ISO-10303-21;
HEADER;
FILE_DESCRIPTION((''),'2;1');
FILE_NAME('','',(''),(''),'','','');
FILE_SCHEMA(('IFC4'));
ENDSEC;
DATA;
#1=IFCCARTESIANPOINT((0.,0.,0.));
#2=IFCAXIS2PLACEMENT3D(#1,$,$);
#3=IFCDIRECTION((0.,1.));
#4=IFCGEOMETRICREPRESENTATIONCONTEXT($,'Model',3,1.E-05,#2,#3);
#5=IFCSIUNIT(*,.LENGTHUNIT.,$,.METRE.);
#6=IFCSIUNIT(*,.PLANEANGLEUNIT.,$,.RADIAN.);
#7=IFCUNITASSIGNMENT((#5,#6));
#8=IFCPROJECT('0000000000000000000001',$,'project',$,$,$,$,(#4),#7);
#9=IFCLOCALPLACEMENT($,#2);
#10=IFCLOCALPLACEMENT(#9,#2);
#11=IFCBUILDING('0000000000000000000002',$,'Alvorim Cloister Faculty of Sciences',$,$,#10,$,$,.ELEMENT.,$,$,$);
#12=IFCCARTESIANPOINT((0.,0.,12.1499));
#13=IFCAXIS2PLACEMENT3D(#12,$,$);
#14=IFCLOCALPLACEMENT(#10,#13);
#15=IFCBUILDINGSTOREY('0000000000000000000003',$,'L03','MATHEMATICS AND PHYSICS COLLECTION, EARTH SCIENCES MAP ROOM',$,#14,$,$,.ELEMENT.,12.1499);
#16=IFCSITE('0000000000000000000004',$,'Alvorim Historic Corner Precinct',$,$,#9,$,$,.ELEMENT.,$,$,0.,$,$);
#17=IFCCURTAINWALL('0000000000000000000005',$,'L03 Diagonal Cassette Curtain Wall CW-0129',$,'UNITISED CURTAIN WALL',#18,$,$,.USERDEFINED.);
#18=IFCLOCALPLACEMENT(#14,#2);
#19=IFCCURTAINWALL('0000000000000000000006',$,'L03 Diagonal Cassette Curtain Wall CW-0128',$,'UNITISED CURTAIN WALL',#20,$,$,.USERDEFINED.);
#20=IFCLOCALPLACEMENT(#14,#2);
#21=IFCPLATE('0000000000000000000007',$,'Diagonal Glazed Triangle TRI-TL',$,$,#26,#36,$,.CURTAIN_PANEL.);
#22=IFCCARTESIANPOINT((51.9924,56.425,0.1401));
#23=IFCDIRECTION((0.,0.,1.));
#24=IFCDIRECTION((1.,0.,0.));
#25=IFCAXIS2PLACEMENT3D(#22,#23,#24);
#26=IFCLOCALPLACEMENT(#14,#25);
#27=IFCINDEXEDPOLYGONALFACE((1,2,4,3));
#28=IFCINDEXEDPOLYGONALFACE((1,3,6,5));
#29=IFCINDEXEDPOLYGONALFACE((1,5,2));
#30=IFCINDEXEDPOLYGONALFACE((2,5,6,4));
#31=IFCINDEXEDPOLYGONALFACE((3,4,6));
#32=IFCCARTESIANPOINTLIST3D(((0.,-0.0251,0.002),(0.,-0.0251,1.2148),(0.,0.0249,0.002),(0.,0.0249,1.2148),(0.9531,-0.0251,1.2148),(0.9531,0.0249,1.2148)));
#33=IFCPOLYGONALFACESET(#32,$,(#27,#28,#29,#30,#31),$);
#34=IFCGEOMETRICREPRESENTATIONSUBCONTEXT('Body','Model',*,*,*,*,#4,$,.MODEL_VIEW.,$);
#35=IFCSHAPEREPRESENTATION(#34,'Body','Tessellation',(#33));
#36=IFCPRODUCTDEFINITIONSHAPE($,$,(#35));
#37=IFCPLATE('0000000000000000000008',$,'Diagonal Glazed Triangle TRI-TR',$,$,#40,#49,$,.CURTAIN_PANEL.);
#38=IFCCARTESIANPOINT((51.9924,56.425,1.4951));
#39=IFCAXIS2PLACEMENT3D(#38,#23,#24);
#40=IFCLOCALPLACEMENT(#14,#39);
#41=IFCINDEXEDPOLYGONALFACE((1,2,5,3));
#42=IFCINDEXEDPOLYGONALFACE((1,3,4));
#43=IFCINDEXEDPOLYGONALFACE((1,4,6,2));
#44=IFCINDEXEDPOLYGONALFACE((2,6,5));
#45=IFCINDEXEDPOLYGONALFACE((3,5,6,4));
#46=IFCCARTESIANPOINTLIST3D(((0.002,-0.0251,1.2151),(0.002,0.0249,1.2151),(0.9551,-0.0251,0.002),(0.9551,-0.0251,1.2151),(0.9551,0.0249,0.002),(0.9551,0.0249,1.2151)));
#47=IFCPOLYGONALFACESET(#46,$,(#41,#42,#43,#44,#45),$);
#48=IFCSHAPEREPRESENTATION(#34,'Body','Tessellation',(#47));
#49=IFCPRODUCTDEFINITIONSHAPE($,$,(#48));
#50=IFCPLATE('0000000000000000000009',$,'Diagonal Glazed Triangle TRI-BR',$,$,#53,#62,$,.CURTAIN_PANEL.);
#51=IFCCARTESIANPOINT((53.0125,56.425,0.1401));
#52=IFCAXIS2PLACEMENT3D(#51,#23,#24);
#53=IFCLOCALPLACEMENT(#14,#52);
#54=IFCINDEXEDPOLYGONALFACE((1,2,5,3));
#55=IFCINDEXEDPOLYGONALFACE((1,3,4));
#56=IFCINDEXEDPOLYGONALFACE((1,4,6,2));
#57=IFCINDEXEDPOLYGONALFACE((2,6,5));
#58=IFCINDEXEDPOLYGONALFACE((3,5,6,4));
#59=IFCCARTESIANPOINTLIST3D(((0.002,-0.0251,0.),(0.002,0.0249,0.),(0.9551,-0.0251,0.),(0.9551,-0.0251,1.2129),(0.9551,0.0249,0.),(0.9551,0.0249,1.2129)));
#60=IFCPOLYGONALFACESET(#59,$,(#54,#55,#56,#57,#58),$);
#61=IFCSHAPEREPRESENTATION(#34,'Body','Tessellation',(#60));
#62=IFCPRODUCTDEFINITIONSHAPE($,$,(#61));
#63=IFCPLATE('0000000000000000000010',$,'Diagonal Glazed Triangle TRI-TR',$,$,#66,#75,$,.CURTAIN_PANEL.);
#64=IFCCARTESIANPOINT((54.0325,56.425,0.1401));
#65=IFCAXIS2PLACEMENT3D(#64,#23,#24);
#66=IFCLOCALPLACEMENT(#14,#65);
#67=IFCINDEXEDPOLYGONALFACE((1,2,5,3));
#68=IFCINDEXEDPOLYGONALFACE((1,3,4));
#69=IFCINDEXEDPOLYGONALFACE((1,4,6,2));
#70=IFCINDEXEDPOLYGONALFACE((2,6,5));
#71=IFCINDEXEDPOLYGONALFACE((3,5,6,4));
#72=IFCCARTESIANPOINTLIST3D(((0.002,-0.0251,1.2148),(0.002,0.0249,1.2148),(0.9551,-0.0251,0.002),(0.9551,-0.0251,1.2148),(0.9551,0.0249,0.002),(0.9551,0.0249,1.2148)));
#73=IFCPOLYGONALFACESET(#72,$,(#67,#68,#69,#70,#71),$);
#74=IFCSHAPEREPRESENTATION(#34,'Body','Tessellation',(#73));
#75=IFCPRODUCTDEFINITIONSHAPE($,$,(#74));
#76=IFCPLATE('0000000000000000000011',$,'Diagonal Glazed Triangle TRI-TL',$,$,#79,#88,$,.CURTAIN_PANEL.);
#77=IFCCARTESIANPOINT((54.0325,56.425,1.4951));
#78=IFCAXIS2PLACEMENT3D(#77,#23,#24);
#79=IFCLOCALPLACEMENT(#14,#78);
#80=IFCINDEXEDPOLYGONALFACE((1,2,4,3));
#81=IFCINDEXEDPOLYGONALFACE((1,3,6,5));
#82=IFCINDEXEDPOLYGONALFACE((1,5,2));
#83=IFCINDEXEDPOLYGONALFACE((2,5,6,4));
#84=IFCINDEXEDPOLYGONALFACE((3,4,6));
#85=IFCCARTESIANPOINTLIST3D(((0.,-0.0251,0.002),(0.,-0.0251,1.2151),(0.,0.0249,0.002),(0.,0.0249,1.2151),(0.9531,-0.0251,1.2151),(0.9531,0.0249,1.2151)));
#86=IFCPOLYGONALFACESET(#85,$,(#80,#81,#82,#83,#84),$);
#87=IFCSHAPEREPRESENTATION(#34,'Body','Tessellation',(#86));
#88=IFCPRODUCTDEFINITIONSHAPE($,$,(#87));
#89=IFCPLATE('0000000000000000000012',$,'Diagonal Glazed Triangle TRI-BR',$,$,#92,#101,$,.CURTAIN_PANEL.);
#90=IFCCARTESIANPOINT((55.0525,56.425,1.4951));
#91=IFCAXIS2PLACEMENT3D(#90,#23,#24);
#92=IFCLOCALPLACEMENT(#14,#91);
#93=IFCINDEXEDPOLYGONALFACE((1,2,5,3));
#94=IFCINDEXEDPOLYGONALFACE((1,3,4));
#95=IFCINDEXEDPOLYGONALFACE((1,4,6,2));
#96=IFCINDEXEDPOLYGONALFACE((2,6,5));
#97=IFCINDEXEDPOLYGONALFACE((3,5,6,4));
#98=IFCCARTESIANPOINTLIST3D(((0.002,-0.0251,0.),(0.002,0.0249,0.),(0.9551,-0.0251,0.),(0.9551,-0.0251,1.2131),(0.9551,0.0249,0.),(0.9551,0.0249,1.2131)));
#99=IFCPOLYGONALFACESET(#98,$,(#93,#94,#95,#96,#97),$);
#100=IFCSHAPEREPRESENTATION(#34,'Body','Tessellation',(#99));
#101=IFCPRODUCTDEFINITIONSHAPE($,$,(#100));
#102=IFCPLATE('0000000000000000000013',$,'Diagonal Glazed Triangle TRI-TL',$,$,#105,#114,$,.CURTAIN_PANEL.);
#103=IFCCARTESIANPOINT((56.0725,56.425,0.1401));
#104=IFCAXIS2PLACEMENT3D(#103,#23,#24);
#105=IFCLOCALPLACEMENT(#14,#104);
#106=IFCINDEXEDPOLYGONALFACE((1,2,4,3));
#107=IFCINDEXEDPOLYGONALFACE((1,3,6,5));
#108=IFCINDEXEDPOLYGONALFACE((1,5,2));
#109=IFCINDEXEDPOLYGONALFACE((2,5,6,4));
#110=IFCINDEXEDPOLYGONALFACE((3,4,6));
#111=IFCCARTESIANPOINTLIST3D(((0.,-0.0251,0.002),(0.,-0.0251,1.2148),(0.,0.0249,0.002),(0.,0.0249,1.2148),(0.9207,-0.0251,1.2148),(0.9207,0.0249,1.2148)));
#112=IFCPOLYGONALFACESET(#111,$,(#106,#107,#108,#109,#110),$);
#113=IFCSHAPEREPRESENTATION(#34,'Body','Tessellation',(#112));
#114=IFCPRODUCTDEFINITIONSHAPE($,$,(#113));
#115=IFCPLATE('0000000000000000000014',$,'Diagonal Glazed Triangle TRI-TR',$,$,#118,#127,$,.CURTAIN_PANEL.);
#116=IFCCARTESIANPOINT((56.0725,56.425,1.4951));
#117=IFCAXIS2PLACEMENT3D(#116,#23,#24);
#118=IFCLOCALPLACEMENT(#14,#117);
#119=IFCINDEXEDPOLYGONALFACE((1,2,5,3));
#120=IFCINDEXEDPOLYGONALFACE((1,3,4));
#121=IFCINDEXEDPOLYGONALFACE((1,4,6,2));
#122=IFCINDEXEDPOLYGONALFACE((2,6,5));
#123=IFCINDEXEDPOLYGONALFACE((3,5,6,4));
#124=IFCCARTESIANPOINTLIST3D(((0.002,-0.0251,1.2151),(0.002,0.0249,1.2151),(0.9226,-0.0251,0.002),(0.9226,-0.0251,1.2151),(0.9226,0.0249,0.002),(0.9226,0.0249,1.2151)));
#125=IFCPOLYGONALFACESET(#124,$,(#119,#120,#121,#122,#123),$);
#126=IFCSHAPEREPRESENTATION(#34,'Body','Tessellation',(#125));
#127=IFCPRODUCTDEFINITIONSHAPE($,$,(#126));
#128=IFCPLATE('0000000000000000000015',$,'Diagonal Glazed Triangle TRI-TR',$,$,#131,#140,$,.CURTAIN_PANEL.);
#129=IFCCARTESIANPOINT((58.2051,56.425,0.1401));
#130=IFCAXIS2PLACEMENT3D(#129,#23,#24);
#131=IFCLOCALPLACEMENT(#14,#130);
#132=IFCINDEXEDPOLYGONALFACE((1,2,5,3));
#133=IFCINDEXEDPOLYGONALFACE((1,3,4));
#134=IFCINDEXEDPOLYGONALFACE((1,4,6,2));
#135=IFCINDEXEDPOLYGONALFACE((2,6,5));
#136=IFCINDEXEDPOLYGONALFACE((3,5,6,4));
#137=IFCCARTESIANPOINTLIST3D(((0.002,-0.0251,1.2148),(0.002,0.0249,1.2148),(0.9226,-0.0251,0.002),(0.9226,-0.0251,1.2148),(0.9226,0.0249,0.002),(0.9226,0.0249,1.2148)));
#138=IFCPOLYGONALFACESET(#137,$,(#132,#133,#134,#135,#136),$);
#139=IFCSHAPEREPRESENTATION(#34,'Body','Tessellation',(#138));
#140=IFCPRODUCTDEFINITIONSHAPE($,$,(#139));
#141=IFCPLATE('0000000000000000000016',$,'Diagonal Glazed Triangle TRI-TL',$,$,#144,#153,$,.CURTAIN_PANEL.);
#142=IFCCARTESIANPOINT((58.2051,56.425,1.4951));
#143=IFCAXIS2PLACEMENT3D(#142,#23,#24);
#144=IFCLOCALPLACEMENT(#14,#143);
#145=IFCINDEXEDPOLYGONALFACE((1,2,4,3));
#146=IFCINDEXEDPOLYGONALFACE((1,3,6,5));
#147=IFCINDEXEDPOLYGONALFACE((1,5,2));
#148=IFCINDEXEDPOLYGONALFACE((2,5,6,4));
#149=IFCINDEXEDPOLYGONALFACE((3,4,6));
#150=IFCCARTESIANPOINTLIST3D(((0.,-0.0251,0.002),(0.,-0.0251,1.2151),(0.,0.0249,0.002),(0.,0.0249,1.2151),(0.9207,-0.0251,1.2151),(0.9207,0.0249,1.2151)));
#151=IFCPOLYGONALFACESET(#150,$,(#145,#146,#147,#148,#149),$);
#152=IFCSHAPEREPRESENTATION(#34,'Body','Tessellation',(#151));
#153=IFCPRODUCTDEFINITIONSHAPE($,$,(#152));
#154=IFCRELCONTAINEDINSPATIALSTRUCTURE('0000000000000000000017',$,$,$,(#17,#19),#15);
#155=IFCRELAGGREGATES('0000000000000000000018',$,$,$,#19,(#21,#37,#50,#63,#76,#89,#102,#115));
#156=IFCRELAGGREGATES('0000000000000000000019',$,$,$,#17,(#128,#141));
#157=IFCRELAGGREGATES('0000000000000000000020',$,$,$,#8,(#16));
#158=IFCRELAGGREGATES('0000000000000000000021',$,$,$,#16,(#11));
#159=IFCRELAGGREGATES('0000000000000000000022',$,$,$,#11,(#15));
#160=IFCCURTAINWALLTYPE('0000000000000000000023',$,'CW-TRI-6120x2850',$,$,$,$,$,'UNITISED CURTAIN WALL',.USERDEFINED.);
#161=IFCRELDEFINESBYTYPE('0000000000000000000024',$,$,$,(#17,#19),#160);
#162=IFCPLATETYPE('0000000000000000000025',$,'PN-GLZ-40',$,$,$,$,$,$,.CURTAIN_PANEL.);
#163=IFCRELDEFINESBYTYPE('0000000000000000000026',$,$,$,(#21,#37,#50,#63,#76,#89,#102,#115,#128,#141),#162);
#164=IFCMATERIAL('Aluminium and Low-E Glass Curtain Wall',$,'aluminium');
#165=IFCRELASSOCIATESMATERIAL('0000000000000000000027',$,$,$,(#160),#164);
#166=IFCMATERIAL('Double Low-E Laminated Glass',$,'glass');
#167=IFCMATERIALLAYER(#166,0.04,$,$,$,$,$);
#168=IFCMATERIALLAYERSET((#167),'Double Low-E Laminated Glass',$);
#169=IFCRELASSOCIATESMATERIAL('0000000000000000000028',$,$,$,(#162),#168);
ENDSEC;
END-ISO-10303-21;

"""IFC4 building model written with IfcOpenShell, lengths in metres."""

from ifc_helpers import new_model, si_unit, direction, frame, origin, place, context, subcontext, project, spatial, polyline, outline, extrude, material, layer, layer_set, type_object, element, aggregate, save


model = new_model("IFC4")

# Units and contexts
model_context = context("Model", 3, precision=1e-05, world=origin(), true_north=direction((0.0, 1.0)))
body_context = subcontext(model_context, "Body", "Model", "MODEL_VIEW")
ifc_project = project(units=[si_unit("LENGTHUNIT", "METRE"), si_unit("PLANEANGLEUNIT", "RADIAN")], contexts=[model_context])

# Site, building, storey
site_placement = place(None, origin())
site = spatial("IfcSite", under=ifc_project, at=site_placement, Name="Alvorim Historic Corner Precinct", CompositionType="ELEMENT", RefElevation=0.0)
building_placement = place(site_placement, origin())
building = spatial("IfcBuilding", under=site, at=building_placement, Name="Alvorim Cloister Faculty of Sciences", CompositionType="ELEMENT")
storey_placement = place(building_placement, frame((0.0, 0.0, 12.1499)))
storey = spatial("IfcBuildingStorey", under=building, at=storey_placement, Name="L03", Description="MATHEMATICS AND PHYSICS COLLECTION, EARTH SCIENCES MAP ROOM", CompositionType="ELEMENT", Elevation=12.1499)

# Curtain wall
ifc_material_1 = material(Name="Aluminium and Low-E Glass Curtain Wall", Category="aluminium")
curtain_wall_type = type_object("IfcCurtainWallType", Name="CW-TRI-6120x2850", ElementType="UNITISED CURTAIN WALL", PredefinedType="USERDEFINED", material=ifc_material_1)
curtain_wall_1_placement = place(storey_placement, origin())
curtain_wall_1 = element("IfcCurtainWall", 1, at=curtain_wall_1_placement, inside=storey, type_object=curtain_wall_type, Name="L03 Diagonal Cassette Curtain Wall CW-0129", ObjectType="UNITISED CURTAIN WALL", PredefinedType="USERDEFINED")

# Curtain wall, plates
curtain_wall_2_placement = place(storey_placement, origin())
curtain_wall_2 = element("IfcCurtainWall", 2, at=curtain_wall_2_placement, inside=storey, type_object=curtain_wall_type, Name="L03 Diagonal Cassette Curtain Wall CW-0128", ObjectType="UNITISED CURTAIN WALL", PredefinedType="USERDEFINED")
ifc_material_2 = material(Name="Double Low-E Laminated Glass", Category="glass")
ifc_layer_1 = layer(ifc_material_2, 0.04)
ifc_layer_set_1 = layer_set([ifc_layer_1], Name="Double Low-E Laminated Glass")
plate_type = type_object("IfcPlateType", Name="PN-GLZ-40", PredefinedType="CURTAIN_PANEL", material=ifc_layer_set_1)
plate_1_placement = place(storey_placement, frame((51.9924, 56.425, 0.1401), z_axis=(0.0, 0.0, 1.0), x_axis=(1.0, 0.0, 0.0)))
plate_1 = element("IfcPlate", 3, at=plate_1_placement, type_object=plate_type, Name="Diagonal Glazed Triangle TRI-TL", PredefinedType="CURTAIN_PANEL", context=body_context, shape_type="SweptSolid", body=[
    extrude(outline(polyline([(0.9531, 1.2148), (0.0, 1.2148), (0.0, 0.002), (0.9531, 1.2148)])), frame((0.0, 0.0249, 0.0), z_axis=(0.0, -1.0, 0.0), x_axis=(1.0, 0.0, 0.0)), (0.0, 0.0, 1.0), 0.05),
])
plate_2_placement = place(storey_placement, frame((51.9924, 56.425, 1.4951), z_axis=(0.0, 0.0, 1.0), x_axis=(1.0, 0.0, 0.0)))
plate_2 = element("IfcPlate", 4, at=plate_2_placement, type_object=plate_type, Name="Diagonal Glazed Triangle TRI-TR", PredefinedType="CURTAIN_PANEL", context=body_context, shape_type="SweptSolid", body=[
    extrude(outline(polyline([(0.9551, 0.002), (0.9551, 1.2151), (0.002, 1.2151), (0.9551, 0.002)])), frame((0.0, 0.0249, 0.0), z_axis=(0.0, -1.0, 0.0), x_axis=(1.0, 0.0, 0.0)), (0.0, 0.0, 1.0), 0.05),
])
plate_3_placement = place(storey_placement, frame((53.0125, 56.425, 0.1401), z_axis=(0.0, 0.0, 1.0), x_axis=(1.0, 0.0, 0.0)))
plate_3 = element("IfcPlate", 5, at=plate_3_placement, type_object=plate_type, Name="Diagonal Glazed Triangle TRI-BR", PredefinedType="CURTAIN_PANEL", context=body_context, shape_type="SweptSolid", body=[
    extrude(outline(polyline([(0.002, 0.0), (0.9551, 0.0), (0.9551, 1.2129), (0.002, 0.0)])), frame((0.0, 0.0249, 0.0), z_axis=(0.0, -1.0, 0.0), x_axis=(1.0, 0.0, 0.0)), (0.0, 0.0, 1.0), 0.05),
])
plate_4_placement = place(storey_placement, frame((54.0325, 56.425, 0.1401), z_axis=(0.0, 0.0, 1.0), x_axis=(1.0, 0.0, 0.0)))
plate_4 = element("IfcPlate", 6, at=plate_4_placement, type_object=plate_type, Name="Diagonal Glazed Triangle TRI-TR", PredefinedType="CURTAIN_PANEL", context=body_context, shape_type="SweptSolid", body=[
    extrude(outline(polyline([(0.9551, 0.002), (0.9551, 1.2148), (0.002, 1.2148), (0.9551, 0.002)])), frame((0.0, 0.0249, 0.0), z_axis=(0.0, -1.0, 0.0), x_axis=(1.0, 0.0, 0.0)), (0.0, 0.0, 1.0), 0.05),
])
plate_5_placement = place(storey_placement, frame((54.0325, 56.425, 1.4951), z_axis=(0.0, 0.0, 1.0), x_axis=(1.0, 0.0, 0.0)))
plate_5 = element("IfcPlate", 7, at=plate_5_placement, type_object=plate_type, Name="Diagonal Glazed Triangle TRI-TL", PredefinedType="CURTAIN_PANEL", context=body_context, shape_type="SweptSolid", body=[
    extrude(outline(polyline([(0.9531, 1.2151), (0.0, 1.2151), (0.0, 0.002), (0.9531, 1.2151)])), frame((0.0, 0.0249, 0.0), z_axis=(0.0, -1.0, 0.0), x_axis=(1.0, 0.0, 0.0)), (0.0, 0.0, 1.0), 0.05),
])
plate_6_placement = place(storey_placement, frame((55.0525, 56.425, 1.4951), z_axis=(0.0, 0.0, 1.0), x_axis=(1.0, 0.0, 0.0)))
plate_6 = element("IfcPlate", 8, at=plate_6_placement, type_object=plate_type, Name="Diagonal Glazed Triangle TRI-BR", PredefinedType="CURTAIN_PANEL", context=body_context, shape_type="SweptSolid", body=[
    extrude(outline(polyline([(0.002, 0.0), (0.9551, 0.0), (0.9551, 1.2131), (0.002, 0.0)])), frame((0.0, 0.0249, 0.0), z_axis=(0.0, -1.0, 0.0), x_axis=(1.0, 0.0, 0.0)), (0.0, 0.0, 1.0), 0.05),
])
plate_7_placement = place(storey_placement, frame((56.0725, 56.425, 0.1401), z_axis=(0.0, 0.0, 1.0), x_axis=(1.0, 0.0, 0.0)))
plate_7 = element("IfcPlate", 9, at=plate_7_placement, type_object=plate_type, Name="Diagonal Glazed Triangle TRI-TL", PredefinedType="CURTAIN_PANEL", context=body_context, shape_type="SweptSolid", body=[
    extrude(outline(polyline([(0.9207, 1.2148), (0.0, 1.2148), (0.0, 0.002), (0.9207, 1.2148)])), frame((0.0, 0.0249, 0.0), z_axis=(0.0, -1.0, 0.0), x_axis=(1.0, 0.0, 0.0)), (0.0, 0.0, 1.0), 0.05),
])
plate_8_placement = place(storey_placement, frame((56.0725, 56.425, 1.4951), z_axis=(0.0, 0.0, 1.0), x_axis=(1.0, 0.0, 0.0)))
plate_8 = element("IfcPlate", 10, at=plate_8_placement, type_object=plate_type, Name="Diagonal Glazed Triangle TRI-TR", PredefinedType="CURTAIN_PANEL", context=body_context, shape_type="SweptSolid", body=[
    extrude(outline(polyline([(0.9226, 0.002), (0.9226, 1.2151), (0.002, 1.2151), (0.9226, 0.002)])), frame((0.0, 0.0249, 0.0), z_axis=(0.0, -1.0, 0.0), x_axis=(1.0, 0.0, 0.0)), (0.0, 0.0, 1.0), 0.05),
])
aggregate(curtain_wall_2, [plate_1, plate_2, plate_3, plate_4, plate_5, plate_6, plate_7, plate_8])

# Plates
plate_9_placement = place(storey_placement, frame((58.2051, 56.425, 0.1401), z_axis=(0.0, 0.0, 1.0), x_axis=(1.0, 0.0, 0.0)))
plate_9 = element("IfcPlate", 11, at=plate_9_placement, type_object=plate_type, Name="Diagonal Glazed Triangle TRI-TR", PredefinedType="CURTAIN_PANEL", context=body_context, shape_type="SweptSolid", body=[
    extrude(outline(polyline([(0.9226, 0.002), (0.9226, 1.2148), (0.002, 1.2148), (0.9226, 0.002)])), frame((0.0, 0.0249, 0.0), z_axis=(0.0, -1.0, 0.0), x_axis=(1.0, 0.0, 0.0)), (0.0, 0.0, 1.0), 0.05),
])
plate_10_placement = place(storey_placement, frame((58.2051, 56.425, 1.4951), z_axis=(0.0, 0.0, 1.0), x_axis=(1.0, 0.0, 0.0)))
plate_10 = element("IfcPlate", 12, at=plate_10_placement, type_object=plate_type, Name="Diagonal Glazed Triangle TRI-TL", PredefinedType="CURTAIN_PANEL", context=body_context, shape_type="SweptSolid", body=[
    extrude(outline(polyline([(0.9207, 1.2151), (0.0, 1.2151), (0.0, 0.002), (0.9207, 1.2151)])), frame((0.0, 0.0249, 0.0), z_axis=(0.0, -1.0, 0.0), x_axis=(1.0, 0.0, 0.0)), (0.0, 0.0, 1.0), 0.05),
])
aggregate(curtain_wall_1, [plate_9, plate_10])

save(model, "model.ifc")
